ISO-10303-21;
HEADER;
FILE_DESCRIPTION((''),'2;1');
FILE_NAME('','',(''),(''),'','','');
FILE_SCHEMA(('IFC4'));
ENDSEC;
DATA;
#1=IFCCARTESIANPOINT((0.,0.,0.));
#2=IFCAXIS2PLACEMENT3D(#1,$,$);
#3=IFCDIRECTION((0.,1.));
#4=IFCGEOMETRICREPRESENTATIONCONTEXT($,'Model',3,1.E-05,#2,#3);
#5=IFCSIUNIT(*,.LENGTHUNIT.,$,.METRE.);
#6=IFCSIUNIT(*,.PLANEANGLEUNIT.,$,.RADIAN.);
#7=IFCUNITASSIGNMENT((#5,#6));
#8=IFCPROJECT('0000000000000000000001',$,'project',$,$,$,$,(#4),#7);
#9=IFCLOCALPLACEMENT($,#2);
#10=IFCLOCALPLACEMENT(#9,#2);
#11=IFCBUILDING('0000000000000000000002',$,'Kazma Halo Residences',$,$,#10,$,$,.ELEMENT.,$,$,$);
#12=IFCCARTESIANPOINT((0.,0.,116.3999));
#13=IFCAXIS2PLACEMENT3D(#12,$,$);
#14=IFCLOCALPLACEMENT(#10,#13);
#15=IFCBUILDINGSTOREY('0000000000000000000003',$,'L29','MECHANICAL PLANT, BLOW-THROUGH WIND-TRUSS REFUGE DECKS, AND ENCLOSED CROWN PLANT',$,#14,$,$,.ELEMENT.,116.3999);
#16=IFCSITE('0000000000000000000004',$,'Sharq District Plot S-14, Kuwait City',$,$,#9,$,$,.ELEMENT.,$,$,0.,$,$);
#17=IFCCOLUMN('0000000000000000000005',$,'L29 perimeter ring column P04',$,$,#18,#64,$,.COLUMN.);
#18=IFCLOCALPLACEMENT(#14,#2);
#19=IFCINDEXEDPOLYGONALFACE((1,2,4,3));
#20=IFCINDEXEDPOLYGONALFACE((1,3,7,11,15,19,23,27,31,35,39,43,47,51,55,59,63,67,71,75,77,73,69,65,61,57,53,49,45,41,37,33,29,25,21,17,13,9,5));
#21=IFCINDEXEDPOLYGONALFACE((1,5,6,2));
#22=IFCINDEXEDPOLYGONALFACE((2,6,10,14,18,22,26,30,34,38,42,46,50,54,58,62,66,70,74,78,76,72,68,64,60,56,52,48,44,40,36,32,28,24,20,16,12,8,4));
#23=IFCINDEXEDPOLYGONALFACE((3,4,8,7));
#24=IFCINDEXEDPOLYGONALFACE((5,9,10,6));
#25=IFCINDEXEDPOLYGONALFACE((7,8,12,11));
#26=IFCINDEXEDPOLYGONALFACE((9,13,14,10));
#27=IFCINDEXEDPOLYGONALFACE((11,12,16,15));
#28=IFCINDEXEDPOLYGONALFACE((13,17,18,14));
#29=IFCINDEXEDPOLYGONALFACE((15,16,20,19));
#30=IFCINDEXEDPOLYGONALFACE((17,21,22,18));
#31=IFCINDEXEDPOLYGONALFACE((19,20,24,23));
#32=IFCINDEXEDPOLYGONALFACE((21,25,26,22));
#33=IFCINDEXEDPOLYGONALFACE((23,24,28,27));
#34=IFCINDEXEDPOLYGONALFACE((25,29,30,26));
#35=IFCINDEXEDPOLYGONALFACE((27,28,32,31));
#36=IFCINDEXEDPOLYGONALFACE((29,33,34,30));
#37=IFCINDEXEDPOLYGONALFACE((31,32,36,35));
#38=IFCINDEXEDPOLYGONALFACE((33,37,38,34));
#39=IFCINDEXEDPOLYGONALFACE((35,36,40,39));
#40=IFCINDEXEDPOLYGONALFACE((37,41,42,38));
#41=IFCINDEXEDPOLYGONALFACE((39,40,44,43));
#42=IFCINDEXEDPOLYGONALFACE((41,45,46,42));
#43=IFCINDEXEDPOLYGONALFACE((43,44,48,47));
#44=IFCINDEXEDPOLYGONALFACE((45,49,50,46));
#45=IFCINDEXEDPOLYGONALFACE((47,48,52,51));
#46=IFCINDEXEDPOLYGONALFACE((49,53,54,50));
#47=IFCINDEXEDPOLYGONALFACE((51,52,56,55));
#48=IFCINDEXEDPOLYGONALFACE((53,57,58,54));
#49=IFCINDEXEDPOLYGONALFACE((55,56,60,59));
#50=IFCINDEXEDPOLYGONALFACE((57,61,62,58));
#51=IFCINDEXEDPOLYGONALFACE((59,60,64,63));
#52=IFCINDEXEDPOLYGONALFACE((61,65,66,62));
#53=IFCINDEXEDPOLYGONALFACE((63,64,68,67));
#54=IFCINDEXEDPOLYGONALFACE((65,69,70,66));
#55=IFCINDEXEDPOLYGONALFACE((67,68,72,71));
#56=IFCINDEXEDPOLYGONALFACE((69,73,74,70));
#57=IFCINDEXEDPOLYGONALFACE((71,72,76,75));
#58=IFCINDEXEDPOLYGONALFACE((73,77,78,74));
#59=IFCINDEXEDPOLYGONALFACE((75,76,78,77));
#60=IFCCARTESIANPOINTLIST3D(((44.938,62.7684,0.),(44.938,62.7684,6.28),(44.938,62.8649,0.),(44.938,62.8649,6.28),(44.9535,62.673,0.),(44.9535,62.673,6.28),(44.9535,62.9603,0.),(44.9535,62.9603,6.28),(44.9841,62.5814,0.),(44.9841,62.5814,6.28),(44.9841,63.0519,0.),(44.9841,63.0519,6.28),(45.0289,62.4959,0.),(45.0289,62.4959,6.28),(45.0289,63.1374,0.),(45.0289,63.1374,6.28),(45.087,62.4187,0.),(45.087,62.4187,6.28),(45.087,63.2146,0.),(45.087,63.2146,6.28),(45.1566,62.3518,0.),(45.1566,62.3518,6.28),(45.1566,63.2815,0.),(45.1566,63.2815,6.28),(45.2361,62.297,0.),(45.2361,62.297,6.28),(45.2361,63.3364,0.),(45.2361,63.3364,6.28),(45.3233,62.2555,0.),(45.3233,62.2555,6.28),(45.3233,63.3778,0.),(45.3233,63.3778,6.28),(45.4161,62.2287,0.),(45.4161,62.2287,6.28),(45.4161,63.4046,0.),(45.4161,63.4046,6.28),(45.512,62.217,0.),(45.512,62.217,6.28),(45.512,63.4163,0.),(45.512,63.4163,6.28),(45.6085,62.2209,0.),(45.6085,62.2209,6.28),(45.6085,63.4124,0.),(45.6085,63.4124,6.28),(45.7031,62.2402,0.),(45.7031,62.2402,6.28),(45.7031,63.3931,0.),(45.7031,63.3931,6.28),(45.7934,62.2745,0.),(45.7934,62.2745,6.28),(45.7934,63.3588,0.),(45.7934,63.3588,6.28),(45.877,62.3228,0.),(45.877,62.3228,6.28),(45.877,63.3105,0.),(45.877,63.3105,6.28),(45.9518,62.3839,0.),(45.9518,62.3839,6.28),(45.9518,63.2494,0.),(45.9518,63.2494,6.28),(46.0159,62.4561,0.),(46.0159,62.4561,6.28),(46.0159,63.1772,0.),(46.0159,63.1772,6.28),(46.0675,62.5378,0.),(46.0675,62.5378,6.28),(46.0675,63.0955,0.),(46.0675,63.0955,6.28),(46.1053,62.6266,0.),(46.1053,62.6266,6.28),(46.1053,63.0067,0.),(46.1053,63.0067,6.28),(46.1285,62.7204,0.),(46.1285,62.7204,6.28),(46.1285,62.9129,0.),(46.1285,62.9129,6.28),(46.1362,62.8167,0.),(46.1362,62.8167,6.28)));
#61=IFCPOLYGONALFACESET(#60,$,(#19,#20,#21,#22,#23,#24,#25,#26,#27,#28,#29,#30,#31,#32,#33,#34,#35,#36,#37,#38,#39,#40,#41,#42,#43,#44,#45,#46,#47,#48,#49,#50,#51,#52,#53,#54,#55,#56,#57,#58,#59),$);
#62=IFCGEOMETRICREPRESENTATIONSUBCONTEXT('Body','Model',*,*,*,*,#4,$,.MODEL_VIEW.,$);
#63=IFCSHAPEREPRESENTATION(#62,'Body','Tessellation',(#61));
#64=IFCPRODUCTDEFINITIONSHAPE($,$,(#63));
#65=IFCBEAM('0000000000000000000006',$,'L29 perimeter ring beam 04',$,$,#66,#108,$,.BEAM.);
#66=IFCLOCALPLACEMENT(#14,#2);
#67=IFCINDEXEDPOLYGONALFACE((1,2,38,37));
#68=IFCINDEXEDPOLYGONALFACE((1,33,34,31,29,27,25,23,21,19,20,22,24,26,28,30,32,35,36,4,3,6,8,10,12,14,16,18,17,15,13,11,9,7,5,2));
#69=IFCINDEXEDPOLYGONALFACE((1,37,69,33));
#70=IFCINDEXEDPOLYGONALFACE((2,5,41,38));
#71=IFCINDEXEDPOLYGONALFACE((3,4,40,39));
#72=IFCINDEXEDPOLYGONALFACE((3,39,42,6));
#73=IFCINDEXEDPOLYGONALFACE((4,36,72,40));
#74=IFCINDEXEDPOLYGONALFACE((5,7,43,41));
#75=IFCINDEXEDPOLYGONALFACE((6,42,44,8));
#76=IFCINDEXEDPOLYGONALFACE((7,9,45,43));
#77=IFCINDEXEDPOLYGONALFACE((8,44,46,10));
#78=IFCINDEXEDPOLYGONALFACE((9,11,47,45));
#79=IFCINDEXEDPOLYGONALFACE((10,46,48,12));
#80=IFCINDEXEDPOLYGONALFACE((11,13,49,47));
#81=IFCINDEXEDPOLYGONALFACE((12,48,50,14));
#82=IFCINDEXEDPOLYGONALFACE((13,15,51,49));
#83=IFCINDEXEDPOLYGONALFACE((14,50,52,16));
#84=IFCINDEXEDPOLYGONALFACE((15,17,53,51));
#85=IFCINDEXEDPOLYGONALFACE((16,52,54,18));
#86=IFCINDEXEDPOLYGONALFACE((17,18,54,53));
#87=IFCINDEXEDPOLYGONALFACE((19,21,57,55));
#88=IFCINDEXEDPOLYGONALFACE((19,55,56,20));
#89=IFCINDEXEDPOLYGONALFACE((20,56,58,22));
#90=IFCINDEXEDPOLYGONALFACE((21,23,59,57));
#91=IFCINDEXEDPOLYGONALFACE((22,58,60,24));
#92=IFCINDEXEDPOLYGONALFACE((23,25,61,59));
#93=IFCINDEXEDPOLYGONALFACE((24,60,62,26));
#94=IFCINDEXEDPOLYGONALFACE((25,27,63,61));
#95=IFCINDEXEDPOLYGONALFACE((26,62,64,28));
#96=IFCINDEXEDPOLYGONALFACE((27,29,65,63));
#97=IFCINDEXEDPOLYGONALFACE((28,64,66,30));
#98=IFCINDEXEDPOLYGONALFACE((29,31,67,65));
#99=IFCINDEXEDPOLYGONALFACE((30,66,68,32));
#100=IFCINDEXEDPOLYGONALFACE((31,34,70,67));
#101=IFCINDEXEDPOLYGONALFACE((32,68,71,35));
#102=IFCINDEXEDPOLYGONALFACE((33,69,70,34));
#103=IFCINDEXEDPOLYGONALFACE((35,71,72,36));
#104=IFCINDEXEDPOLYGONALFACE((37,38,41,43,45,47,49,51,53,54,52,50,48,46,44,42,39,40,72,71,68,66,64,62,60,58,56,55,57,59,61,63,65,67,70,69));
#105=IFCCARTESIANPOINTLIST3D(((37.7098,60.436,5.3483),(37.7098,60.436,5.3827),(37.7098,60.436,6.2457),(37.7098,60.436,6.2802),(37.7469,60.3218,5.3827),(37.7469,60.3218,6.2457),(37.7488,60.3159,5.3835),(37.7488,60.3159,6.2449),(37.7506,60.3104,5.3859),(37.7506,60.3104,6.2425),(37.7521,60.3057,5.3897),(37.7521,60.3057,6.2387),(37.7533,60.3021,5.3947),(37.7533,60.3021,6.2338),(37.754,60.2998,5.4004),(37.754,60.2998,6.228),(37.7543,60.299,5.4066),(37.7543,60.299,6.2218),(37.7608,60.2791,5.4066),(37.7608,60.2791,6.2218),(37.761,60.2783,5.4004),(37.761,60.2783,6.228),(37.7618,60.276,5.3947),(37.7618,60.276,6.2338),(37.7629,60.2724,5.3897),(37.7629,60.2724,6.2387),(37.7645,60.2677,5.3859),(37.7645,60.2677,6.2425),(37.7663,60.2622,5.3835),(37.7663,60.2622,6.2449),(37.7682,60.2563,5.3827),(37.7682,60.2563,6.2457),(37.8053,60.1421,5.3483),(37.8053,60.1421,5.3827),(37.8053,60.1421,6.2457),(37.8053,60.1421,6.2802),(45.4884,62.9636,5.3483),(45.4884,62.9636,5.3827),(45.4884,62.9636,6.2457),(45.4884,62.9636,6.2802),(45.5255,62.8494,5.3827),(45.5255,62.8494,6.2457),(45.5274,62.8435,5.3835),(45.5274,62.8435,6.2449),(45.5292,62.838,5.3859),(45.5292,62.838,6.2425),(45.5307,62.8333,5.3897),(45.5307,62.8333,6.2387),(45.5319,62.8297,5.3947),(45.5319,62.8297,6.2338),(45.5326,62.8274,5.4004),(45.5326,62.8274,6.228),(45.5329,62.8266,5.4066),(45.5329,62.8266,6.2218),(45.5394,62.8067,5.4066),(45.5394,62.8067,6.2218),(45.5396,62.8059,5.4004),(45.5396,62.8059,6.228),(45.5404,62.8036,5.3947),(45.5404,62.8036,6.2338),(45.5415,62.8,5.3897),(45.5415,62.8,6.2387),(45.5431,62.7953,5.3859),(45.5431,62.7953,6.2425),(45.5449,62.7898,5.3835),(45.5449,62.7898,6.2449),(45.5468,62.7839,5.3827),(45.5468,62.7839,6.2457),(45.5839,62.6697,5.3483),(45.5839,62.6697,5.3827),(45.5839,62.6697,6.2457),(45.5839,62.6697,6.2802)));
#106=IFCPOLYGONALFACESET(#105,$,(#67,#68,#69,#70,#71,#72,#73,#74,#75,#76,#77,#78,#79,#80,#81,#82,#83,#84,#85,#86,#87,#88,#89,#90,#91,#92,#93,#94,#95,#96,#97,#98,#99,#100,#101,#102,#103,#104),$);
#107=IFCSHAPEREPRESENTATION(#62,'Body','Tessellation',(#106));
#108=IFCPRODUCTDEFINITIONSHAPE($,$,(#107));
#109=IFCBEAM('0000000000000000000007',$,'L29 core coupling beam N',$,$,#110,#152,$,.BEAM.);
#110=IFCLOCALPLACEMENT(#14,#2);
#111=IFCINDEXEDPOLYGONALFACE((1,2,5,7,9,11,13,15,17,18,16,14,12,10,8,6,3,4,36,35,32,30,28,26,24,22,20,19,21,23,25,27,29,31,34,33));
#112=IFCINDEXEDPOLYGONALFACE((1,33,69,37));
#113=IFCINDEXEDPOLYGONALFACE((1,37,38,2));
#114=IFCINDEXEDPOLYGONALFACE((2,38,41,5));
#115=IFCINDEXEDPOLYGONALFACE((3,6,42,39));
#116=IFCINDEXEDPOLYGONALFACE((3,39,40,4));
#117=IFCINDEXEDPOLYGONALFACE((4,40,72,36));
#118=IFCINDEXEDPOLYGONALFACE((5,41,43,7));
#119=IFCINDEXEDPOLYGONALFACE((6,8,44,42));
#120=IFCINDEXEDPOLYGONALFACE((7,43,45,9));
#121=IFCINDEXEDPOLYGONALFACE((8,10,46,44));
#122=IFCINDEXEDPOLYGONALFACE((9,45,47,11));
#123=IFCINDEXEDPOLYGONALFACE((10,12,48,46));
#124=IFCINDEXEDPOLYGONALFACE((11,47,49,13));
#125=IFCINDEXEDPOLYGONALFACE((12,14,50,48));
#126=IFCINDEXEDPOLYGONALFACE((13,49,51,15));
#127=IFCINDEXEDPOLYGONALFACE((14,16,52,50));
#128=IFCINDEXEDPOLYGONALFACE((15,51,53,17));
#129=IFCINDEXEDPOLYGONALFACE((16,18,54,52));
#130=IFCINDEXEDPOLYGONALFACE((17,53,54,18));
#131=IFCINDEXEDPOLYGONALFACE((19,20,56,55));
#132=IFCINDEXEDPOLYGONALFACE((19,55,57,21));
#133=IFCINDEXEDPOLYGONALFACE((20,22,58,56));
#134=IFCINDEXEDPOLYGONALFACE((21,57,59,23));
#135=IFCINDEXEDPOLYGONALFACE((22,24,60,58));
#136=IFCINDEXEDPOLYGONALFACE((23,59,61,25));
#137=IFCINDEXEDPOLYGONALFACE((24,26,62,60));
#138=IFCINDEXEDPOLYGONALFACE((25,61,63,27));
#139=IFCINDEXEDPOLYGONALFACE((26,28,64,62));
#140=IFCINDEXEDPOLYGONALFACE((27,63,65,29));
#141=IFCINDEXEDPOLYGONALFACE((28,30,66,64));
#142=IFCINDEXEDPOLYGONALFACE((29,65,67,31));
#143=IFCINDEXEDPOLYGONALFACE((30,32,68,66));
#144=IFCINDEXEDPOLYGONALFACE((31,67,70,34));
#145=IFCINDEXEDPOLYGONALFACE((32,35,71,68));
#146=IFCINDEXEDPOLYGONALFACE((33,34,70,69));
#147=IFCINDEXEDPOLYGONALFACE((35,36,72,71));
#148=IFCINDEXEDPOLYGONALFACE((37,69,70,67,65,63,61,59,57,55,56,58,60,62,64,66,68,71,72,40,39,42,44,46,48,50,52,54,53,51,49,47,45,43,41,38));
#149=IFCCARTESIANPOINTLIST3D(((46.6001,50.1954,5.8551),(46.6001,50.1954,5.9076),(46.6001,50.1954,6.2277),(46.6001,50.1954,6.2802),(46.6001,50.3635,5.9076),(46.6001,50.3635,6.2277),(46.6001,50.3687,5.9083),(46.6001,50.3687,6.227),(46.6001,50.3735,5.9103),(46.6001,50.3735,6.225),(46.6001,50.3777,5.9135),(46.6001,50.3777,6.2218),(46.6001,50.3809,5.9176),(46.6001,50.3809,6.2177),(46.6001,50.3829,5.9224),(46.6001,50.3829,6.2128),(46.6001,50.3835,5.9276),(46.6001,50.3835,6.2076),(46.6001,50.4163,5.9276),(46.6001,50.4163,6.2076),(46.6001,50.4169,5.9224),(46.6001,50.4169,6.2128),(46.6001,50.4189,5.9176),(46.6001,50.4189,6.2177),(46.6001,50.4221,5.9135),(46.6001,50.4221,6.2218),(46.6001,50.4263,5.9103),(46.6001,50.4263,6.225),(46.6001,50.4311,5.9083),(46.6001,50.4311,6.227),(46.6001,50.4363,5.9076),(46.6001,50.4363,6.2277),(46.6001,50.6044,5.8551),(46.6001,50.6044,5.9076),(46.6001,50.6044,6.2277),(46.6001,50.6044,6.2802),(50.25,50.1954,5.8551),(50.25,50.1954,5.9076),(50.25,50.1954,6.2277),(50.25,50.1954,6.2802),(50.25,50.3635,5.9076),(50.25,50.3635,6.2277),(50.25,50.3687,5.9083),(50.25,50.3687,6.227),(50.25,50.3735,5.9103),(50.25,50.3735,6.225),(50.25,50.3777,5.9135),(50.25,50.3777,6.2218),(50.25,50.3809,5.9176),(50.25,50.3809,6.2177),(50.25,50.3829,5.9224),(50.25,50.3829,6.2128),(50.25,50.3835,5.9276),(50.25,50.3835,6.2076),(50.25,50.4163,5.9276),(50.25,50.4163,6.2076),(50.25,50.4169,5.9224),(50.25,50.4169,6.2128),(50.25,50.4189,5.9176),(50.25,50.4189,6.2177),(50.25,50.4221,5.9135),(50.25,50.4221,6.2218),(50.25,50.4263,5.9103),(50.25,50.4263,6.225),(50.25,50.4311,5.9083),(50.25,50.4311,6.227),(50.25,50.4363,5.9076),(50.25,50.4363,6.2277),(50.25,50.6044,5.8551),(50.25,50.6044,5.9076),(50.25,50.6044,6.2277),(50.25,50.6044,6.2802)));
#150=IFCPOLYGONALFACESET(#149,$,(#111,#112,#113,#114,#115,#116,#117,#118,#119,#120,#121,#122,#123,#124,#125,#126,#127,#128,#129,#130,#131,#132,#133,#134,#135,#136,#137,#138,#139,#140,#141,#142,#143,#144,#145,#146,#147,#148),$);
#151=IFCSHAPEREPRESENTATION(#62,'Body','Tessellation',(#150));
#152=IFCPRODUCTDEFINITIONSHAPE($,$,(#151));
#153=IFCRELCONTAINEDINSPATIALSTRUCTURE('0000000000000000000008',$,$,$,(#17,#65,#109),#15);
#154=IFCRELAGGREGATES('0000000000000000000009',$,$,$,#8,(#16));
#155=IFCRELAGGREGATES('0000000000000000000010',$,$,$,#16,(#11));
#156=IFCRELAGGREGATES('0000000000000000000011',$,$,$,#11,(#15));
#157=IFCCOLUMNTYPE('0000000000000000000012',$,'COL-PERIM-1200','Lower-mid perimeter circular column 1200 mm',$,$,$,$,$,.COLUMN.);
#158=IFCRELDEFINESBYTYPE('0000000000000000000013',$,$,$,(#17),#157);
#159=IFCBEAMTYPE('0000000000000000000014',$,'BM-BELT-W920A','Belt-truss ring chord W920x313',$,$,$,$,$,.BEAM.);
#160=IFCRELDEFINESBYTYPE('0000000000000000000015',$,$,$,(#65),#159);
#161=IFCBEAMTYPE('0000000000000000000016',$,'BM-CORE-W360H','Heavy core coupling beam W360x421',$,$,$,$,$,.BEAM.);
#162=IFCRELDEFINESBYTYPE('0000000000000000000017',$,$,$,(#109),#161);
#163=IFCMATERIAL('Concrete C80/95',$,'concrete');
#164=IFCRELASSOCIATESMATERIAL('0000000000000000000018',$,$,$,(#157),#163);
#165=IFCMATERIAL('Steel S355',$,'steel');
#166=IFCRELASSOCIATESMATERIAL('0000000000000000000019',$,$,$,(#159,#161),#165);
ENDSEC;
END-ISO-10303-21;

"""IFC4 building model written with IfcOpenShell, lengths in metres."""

from ifc_helpers import new_model, si_unit, direction, frame, origin, origin_2d, place, context, subcontext, project, spatial, circle, i_section, extrude, material, material_profile, profile_set, type_object, element, save


model = new_model("IFC4")

# Units and contexts
model_context = context("Model", 3, precision=1e-05, world=origin(), true_north=direction((0.0, 1.0)))
body_context = subcontext(model_context, "Body", "Model", "MODEL_VIEW")
ifc_project = project(units=[si_unit("LENGTHUNIT", "METRE"), si_unit("PLANEANGLEUNIT", "RADIAN")], contexts=[model_context])

# Site, building, storey
site_placement = place(None, origin())
site = spatial("IfcSite", under=ifc_project, at=site_placement, Name="Sharq District Plot S-14, Kuwait City", CompositionType="ELEMENT", RefElevation=0.0)
building_placement = place(site_placement, origin())
building = spatial("IfcBuilding", under=site, at=building_placement, Name="Kazma Halo Residences", CompositionType="ELEMENT")
storey_placement = place(building_placement, frame((0.0, 0.0, 116.3999)))
storey = spatial("IfcBuildingStorey", under=building, at=storey_placement, Name="L29", Description="MECHANICAL PLANT, BLOW-THROUGH WIND-TRUSS REFUGE DECKS, AND ENCLOSED CROWN PLANT", CompositionType="ELEMENT", Elevation=116.3999)

# Column
ifc_material_1 = material(Name="Concrete C80/95", Category="concrete")
ifc_material_profile_1 = material_profile(ifc_material_1, circle(Radius=0.6001, at=origin_2d()), Name="CIRC1200")
ifc_profile_set_1 = profile_set([ifc_material_profile_1], Name="Concrete C80/95")
column_type = type_object("IfcColumnType", Name="COL-PERIM-1200", Description="Lower-mid perimeter circular column 1200 mm", PredefinedType="COLUMN", material=ifc_profile_set_1)
column_placement = place(storey_placement, frame((45.5361, 62.8167, 0.0), z_axis=(0.0, 0.0, 1.0), x_axis=(1.0, 0.0, 0.0)))
element("IfcColumn", 1, at=column_placement, inside=storey, type_object=column_type, Name="L29 perimeter ring column P04", PredefinedType="COLUMN", context=body_context, shape_type="SweptSolid", body=[
    extrude(circle(Radius=0.6001, at=origin_2d()), origin(), (0.0, 0.0, 1.0), 6.28),
])

# Beams
ifc_material_2 = material(Name="Steel S355", Category="steel")
ifc_material_profile_2 = material_profile(ifc_material_2, i_section(OverallWidth=0.3091, OverallDepth=0.9319, WebThickness=0.021, FlangeThickness=0.0344, FilletRadius=0.0239, at=origin_2d()), Name="W920x313")
ifc_profile_set_2 = profile_set([ifc_material_profile_2], Name="Steel S355")
beam_type_1 = type_object("IfcBeamType", Name="BM-BELT-W920A", Description="Belt-truss ring chord W920x313", PredefinedType="BEAM", material=ifc_profile_set_2)
beam_1_placement = place(storey_placement, frame((45.5361, 62.8167, 5.8142), z_axis=(-0.95105, -0.309037, 0.0), x_axis=(0.309037, -0.95105, 0.0)))
element("IfcBeam", 2, at=beam_1_placement, inside=storey, type_object=beam_type_1, Name="L29 perimeter ring beam 04", PredefinedType="BEAM", context=body_context, shape_type="SweptSolid", body=[
    extrude(i_section(OverallWidth=0.3091, OverallDepth=0.9319, WebThickness=0.021, FlangeThickness=0.0344, FilletRadius=0.0239, at=origin_2d()), origin(), (0.0, 0.0, 1.0), 8.179),
])
ifc_material_profile_3 = material_profile(ifc_material_2, i_section(OverallWidth=0.4089, OverallDepth=0.425, WebThickness=0.0327, FlangeThickness=0.0525, FilletRadius=0.02, at=origin_2d()), Name="W360x421")
ifc_profile_set_3 = profile_set([ifc_material_profile_3], Name="Steel S355")
beam_type_2 = type_object("IfcBeamType", Name="BM-CORE-W360H", Description="Heavy core coupling beam W360x421", PredefinedType="BEAM", material=ifc_profile_set_3)
beam_2_placement = place(storey_placement, frame((46.6001, 50.3999, 6.0676), z_axis=(1.0, 0.0, 0.0), x_axis=(0.0, 1.0, 0.0)))
element("IfcBeam", 3, at=beam_2_placement, inside=storey, type_object=beam_type_2, Name="L29 core coupling beam N", PredefinedType="BEAM", context=body_context, shape_type="SweptSolid", body=[
    extrude(i_section(OverallWidth=0.4089, OverallDepth=0.425, WebThickness=0.0327, FlangeThickness=0.0525, FilletRadius=0.02, at=origin_2d()), origin(), (0.0, 0.0, 1.0), 3.6499),
])

save(model, "model.ifc")
